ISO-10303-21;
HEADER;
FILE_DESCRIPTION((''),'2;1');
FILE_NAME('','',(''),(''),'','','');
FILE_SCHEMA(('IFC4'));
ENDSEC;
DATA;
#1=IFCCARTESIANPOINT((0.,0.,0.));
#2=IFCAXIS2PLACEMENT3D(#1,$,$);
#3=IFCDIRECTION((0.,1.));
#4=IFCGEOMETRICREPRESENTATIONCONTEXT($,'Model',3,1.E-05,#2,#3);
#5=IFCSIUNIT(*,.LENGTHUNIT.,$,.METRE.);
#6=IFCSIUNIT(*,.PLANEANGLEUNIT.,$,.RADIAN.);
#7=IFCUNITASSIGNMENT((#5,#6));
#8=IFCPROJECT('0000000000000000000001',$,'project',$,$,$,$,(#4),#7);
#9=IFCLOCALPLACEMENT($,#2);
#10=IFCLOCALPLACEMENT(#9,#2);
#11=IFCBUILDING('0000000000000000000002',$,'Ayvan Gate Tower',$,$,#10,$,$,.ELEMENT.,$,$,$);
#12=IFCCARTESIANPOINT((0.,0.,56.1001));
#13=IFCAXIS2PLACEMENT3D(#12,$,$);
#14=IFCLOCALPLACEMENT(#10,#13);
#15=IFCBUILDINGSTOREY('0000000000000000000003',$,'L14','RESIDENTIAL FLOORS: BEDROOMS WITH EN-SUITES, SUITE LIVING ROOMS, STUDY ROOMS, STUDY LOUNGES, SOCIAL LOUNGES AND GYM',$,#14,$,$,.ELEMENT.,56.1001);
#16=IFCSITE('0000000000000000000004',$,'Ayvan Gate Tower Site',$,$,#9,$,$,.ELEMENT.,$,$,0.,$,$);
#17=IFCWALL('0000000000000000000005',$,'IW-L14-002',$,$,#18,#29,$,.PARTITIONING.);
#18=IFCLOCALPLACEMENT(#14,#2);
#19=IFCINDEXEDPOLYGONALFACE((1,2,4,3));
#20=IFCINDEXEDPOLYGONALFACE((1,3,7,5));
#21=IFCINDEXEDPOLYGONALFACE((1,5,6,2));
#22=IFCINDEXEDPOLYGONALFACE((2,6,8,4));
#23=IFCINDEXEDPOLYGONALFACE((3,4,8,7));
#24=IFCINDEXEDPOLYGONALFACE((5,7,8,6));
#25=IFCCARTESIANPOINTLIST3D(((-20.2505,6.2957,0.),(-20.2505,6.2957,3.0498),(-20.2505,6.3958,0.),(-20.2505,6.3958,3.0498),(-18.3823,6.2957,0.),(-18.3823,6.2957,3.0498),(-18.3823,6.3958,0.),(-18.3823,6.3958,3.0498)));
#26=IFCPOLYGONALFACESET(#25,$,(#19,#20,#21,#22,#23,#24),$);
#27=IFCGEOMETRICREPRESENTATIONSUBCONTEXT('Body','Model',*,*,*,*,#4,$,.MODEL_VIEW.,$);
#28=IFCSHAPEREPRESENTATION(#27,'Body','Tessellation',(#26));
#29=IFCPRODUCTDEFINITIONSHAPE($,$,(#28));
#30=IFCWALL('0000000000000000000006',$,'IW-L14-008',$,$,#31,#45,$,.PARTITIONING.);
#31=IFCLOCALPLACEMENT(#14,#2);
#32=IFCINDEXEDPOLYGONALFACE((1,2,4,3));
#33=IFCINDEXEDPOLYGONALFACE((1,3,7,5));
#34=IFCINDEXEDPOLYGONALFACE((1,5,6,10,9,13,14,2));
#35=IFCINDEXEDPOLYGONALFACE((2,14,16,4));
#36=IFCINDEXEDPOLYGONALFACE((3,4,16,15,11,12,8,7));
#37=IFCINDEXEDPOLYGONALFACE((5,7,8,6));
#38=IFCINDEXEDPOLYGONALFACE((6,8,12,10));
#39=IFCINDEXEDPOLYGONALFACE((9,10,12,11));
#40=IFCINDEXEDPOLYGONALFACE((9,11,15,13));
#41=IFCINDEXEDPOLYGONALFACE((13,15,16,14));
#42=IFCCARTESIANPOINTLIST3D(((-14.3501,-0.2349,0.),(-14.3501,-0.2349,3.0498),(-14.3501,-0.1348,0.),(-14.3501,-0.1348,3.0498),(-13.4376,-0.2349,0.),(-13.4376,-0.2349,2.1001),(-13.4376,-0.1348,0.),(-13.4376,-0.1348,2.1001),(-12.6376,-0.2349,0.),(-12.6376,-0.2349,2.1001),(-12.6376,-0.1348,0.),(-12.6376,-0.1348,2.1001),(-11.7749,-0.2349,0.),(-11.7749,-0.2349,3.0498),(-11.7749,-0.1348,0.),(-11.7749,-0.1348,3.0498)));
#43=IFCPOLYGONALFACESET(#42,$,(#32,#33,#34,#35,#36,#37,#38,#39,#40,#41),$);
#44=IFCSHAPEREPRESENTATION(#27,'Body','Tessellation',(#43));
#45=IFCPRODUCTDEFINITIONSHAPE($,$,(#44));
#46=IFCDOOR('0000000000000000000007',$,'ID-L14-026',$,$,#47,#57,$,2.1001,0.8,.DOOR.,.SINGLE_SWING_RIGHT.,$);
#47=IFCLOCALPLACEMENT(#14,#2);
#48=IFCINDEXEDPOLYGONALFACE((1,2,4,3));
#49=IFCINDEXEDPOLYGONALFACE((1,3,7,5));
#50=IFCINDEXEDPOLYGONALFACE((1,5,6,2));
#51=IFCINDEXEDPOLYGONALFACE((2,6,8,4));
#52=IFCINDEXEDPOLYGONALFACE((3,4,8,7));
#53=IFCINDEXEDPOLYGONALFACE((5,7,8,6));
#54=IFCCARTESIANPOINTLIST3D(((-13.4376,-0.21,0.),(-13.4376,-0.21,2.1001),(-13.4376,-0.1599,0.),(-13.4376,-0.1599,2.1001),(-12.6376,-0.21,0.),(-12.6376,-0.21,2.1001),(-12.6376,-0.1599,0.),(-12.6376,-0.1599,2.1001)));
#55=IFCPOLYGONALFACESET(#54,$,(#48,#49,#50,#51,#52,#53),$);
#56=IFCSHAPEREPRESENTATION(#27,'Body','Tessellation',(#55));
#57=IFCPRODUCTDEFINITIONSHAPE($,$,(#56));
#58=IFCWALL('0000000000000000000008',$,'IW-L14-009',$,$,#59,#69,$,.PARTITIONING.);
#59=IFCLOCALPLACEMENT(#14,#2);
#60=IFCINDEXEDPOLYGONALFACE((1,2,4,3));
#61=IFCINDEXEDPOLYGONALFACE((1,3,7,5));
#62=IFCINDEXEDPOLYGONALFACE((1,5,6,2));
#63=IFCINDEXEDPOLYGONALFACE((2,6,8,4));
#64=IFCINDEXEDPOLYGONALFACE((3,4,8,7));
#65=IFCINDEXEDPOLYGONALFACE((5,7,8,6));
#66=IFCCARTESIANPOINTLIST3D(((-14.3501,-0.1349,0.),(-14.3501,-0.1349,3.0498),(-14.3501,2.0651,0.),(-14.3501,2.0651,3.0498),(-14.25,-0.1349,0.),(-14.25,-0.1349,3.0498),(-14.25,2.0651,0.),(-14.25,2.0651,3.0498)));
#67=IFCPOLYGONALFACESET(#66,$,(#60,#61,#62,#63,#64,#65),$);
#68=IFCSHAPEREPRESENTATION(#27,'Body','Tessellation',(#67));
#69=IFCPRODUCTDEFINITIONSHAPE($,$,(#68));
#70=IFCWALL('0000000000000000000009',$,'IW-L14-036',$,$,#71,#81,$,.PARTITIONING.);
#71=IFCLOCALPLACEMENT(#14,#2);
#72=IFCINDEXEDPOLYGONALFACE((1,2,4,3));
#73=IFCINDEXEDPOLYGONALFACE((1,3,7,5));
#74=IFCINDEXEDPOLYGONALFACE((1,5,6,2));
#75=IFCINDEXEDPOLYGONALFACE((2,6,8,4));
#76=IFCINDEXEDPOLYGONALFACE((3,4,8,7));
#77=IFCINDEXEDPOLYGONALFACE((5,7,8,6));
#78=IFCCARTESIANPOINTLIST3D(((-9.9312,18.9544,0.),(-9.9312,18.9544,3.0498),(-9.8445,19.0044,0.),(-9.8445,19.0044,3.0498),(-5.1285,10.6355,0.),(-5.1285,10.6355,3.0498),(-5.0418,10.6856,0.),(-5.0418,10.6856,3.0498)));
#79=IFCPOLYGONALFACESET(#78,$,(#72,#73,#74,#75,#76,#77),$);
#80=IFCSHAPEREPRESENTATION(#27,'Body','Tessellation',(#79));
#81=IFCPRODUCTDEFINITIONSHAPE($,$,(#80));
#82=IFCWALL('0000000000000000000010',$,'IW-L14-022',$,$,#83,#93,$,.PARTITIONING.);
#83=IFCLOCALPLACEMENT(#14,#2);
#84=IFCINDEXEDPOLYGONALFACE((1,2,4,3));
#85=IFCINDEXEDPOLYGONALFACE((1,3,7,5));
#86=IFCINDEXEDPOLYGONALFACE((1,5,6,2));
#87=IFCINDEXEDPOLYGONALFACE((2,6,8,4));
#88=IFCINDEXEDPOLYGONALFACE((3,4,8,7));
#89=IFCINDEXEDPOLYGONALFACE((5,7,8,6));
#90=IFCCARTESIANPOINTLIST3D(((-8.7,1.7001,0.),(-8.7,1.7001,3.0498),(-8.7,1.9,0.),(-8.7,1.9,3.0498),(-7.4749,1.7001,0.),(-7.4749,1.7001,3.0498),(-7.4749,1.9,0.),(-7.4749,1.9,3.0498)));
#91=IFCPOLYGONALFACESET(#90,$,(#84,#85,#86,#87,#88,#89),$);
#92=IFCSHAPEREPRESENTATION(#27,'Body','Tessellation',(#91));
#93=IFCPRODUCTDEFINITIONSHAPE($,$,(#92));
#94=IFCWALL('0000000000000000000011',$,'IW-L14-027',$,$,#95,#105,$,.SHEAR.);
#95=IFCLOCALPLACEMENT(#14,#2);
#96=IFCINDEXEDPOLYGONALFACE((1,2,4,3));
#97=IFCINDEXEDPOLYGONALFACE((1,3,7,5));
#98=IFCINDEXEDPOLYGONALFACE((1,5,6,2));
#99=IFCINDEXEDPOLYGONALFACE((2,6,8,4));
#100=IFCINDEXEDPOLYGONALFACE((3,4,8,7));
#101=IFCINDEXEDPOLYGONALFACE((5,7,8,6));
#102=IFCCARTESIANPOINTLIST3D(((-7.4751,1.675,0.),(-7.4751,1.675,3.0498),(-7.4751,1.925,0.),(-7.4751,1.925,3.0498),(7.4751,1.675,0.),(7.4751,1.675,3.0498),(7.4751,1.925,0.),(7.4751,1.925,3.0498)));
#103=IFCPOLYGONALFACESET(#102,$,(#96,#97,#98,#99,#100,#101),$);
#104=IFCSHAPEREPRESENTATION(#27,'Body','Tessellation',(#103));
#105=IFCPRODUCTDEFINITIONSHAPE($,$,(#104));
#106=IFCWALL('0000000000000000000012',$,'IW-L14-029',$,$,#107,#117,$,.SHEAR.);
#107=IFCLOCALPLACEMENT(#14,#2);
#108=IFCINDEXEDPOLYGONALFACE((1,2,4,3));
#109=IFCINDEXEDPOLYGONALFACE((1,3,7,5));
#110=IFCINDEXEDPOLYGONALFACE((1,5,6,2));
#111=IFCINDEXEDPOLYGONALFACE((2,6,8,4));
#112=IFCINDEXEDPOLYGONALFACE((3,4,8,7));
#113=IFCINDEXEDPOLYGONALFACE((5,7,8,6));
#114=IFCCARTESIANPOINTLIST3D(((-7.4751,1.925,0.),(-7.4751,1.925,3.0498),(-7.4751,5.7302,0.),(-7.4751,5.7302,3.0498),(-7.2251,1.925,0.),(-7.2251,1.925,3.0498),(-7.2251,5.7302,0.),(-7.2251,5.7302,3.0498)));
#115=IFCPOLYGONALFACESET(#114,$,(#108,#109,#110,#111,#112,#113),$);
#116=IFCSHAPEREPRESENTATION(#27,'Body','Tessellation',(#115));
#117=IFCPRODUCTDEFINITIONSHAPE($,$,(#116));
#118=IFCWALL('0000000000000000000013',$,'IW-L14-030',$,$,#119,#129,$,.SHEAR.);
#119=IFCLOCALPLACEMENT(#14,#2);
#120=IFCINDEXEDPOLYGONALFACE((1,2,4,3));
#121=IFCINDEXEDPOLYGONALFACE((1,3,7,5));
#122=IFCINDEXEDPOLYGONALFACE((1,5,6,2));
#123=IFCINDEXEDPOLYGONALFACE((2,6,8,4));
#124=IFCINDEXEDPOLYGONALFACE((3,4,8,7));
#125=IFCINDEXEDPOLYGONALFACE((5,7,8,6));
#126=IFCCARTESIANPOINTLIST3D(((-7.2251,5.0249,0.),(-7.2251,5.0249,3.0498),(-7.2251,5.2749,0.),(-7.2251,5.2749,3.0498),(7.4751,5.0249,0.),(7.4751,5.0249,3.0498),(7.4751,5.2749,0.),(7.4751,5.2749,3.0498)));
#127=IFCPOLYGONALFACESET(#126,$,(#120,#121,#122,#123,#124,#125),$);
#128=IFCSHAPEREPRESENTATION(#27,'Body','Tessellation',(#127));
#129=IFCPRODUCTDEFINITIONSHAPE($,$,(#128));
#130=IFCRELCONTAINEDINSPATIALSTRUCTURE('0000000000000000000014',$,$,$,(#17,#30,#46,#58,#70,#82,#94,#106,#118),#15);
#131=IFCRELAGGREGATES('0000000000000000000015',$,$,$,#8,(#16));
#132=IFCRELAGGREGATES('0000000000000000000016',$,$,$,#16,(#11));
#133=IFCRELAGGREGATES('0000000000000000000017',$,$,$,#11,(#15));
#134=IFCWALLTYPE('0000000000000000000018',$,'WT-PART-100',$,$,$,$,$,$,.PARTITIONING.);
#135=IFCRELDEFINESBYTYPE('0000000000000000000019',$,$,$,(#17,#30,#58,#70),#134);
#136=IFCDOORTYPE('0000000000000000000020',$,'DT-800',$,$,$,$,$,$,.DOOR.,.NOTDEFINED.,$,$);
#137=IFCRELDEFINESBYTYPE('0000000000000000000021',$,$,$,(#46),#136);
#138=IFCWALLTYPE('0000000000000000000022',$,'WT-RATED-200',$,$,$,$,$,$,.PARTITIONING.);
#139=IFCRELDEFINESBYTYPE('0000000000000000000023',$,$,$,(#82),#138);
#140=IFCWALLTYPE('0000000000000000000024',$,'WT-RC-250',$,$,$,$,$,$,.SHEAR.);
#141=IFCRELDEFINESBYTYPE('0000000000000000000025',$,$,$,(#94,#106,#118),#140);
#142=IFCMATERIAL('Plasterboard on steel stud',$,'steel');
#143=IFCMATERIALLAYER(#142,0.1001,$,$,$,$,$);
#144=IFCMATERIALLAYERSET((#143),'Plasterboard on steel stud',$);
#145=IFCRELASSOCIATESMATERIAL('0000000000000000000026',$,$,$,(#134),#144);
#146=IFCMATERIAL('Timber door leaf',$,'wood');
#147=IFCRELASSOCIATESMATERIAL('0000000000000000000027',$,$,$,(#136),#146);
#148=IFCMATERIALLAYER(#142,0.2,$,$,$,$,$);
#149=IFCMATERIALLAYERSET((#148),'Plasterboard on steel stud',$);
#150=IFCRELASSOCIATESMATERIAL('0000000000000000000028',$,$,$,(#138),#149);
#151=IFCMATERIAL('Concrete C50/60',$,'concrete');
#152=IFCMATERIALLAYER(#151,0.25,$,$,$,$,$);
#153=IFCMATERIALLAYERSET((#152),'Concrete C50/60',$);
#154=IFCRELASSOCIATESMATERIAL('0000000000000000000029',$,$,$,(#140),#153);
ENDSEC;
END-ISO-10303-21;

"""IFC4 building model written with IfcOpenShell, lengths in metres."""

from ifc_helpers import new_model, si_unit, direction, frame, frame_2d, origin, place, context, subcontext, project, spatial, rectangle, extrude, material, layer, layer_set, type_object, element, fill, save


model = new_model("IFC4")

# Units and contexts
model_context = context("Model", 3, precision=1e-05, world=origin(), true_north=direction((0.0, 1.0)))
body_context = subcontext(model_context, "Body", "Model", "MODEL_VIEW")
ifc_project = project(units=[si_unit("LENGTHUNIT", "METRE"), si_unit("PLANEANGLEUNIT", "RADIAN")], contexts=[model_context])

# Site, building, storey
site_placement = place(None, origin())
site = spatial("IfcSite", under=ifc_project, at=site_placement, Name="Ayvan Gate Tower Site", CompositionType="ELEMENT", RefElevation=0.0)
building_placement = place(site_placement, origin())
building = spatial("IfcBuilding", under=site, at=building_placement, Name="Ayvan Gate Tower", CompositionType="ELEMENT")
storey_placement = place(building_placement, frame((0.0, 0.0, 56.1001)))
storey = spatial("IfcBuildingStorey", under=building, at=storey_placement, Name="L14", Description="RESIDENTIAL FLOORS: BEDROOMS WITH EN-SUITES, SUITE LIVING ROOMS, STUDY ROOMS, STUDY LOUNGES, SOCIAL LOUNGES AND GYM", CompositionType="ELEMENT", Elevation=56.1001)

# Shared definitions
ifc_material_1 = material(Name="Timber door leaf", Category="wood")
ifc_material_2 = material(Name="Plasterboard on steel stud", Category="steel")

# Wall
ifc_layer_1 = layer(ifc_material_2, 0.1001)
ifc_layer_set_1 = layer_set([ifc_layer_1], Name="Plasterboard on steel stud")
wall_type_1 = type_object("IfcWallType", Name="WT-PART-100", PredefinedType="PARTITIONING", material=ifc_layer_set_1)
wall_1_placement = place(storey_placement, frame((-18.3823, 6.3457, 0.0), z_axis=(0.0, 0.0, 1.0), x_axis=(-1.0, 0.0, 0.0)))
element("IfcWall", 1, at=wall_1_placement, inside=storey, type_object=wall_type_1, Name="IW-L14-002", PredefinedType="PARTITIONING", context=body_context, shape_type="SweptSolid", body=[
    extrude(rectangle(XDim=1.8682, YDim=0.1001, at=frame_2d((0.9341, 0.0))), origin(), (0.0, 0.0, 1.0), 3.0498),
])

# Wall, opening, door
wall_2_placement = place(storey_placement, frame((-14.3501, -0.1848, 0.0), z_axis=(0.0, 0.0, 1.0), x_axis=(1.0, 0.0, 0.0)))
wall_2 = element("IfcWall", 2, at=wall_2_placement, inside=storey, type_object=wall_type_1, Name="IW-L14-008", PredefinedType="PARTITIONING", context=body_context, shape_type="SweptSolid", body=[
    extrude(rectangle(XDim=2.5752, YDim=0.1001, at=frame_2d((1.2876, 0.0))), origin(), (0.0, 0.0, 1.0), 3.0498),
])
opening_1_placement = place(wall_2_placement, frame((0.9126, 0.0, 0.0)))
opening_1 = element("IfcOpeningElement", 3, at=opening_1_placement, cuts=wall_2, PredefinedType="OPENING", context=body_context, shape_type="SweptSolid", body=[
    extrude(rectangle(XDim=0.8, YDim=2.1001, at=frame_2d((0.3999, 1.05))), frame((0.0, 0.0601, 0.0), z_axis=(0.0, -1.0, 0.0), x_axis=(1.0, 0.0, 0.0)), (0.0, 0.0, 1.0), 0.1201),
])
door_type_1 = type_object("IfcDoorType", Name="DT-800", OperationType="NOTDEFINED", PredefinedType="DOOR", material=ifc_material_1)
door_1_placement = place(opening_1_placement, origin())
door_1 = element("IfcDoor", 4, at=door_1_placement, inside=storey, type_object=door_type_1, Name="ID-L14-026", OperationType="SINGLE_SWING_RIGHT", OverallHeight=2.1001, OverallWidth=0.8, PredefinedType="DOOR", context=body_context, shape_type="SweptSolid", body=[
    extrude(rectangle(XDim=0.8, YDim=2.1001, at=frame_2d((0.3999, 1.05))), frame((0.0, 0.0249, 0.0), z_axis=(0.0, -1.0, 0.0), x_axis=(1.0, 0.0, 0.0)), (0.0, 0.0, 1.0), 0.05),
])
fill(opening_1, door_1)

# Walls
wall_3_placement = place(storey_placement, frame((-14.3, 2.0652, 0.0), z_axis=(0.0, 0.0, 1.0), x_axis=(0.0, -1.0, 0.0)))
element("IfcWall", 5, at=wall_3_placement, inside=storey, type_object=wall_type_1, Name="IW-L14-009", PredefinedType="PARTITIONING", context=body_context, shape_type="SweptSolid", body=[
    extrude(rectangle(XDim=2.2, YDim=0.1001, at=frame_2d((1.1001, 0.0))), origin(), (0.0, 0.0, 1.0), 3.0498),
])
wall_4_placement = place(storey_placement, frame((-5.0852, 10.6606, 0.0), z_axis=(0.0, 0.0, 1.0), x_axis=(-0.499988, 0.866032, 0.0)))
element("IfcWall", 6, at=wall_4_placement, inside=storey, type_object=wall_type_1, Name="IW-L14-036", PredefinedType="PARTITIONING", context=body_context, shape_type="SweptSolid", body=[
    extrude(rectangle(XDim=9.6057, YDim=0.1001, at=frame_2d((4.8027, 0.0))), origin(), (0.0, 0.0, 1.0), 3.0498),
])
ifc_layer_2 = layer(ifc_material_2, 0.2)
ifc_layer_set_2 = layer_set([ifc_layer_2], Name="Plasterboard on steel stud")
wall_type_2 = type_object("IfcWallType", Name="WT-RATED-200", PredefinedType="PARTITIONING", material=ifc_layer_set_2)
wall_5_placement = place(storey_placement, frame((-8.7, 1.8, 0.0), z_axis=(0.0, 0.0, 1.0), x_axis=(1.0, 0.0, 0.0)))
element("IfcWall", 7, at=wall_5_placement, inside=storey, type_object=wall_type_2, Name="IW-L14-022", PredefinedType="PARTITIONING", context=body_context, shape_type="SweptSolid", body=[
    extrude(rectangle(XDim=1.2251, YDim=0.2, at=frame_2d((0.6125, 0.0))), origin(), (0.0, 0.0, 1.0), 3.0498),
])
ifc_material_3 = material(Name="Concrete C50/60", Category="concrete")
ifc_layer_3 = layer(ifc_material_3, 0.25)
ifc_layer_set_3 = layer_set([ifc_layer_3], Name="Concrete C50/60")
wall_type_3 = type_object("IfcWallType", Name="WT-RC-250", PredefinedType="SHEAR", material=ifc_layer_set_3)
wall_6_placement = place(storey_placement, frame((-7.4751, 1.8, 0.0), z_axis=(0.0, 0.0, 1.0), x_axis=(1.0, 0.0, 0.0)))
element("IfcWall", 8, at=wall_6_placement, inside=storey, type_object=wall_type_3, Name="IW-L14-027", PredefinedType="SHEAR", context=body_context, shape_type="SweptSolid", body=[
    extrude(rectangle(XDim=14.9502, YDim=0.25, at=frame_2d((7.4751, 0.0))), origin(), (0.0, 0.0, 1.0), 3.0498),
])
wall_7_placement = place(storey_placement, frame((-7.3501, 1.925, 0.0), z_axis=(0.0, 0.0, 1.0), x_axis=(0.0, 1.0, 0.0)))
element("IfcWall", 9, at=wall_7_placement, inside=storey, type_object=wall_type_3, Name="IW-L14-029", PredefinedType="SHEAR", context=body_context, shape_type="SweptSolid", body=[
    extrude(rectangle(XDim=3.8052, YDim=0.25, at=frame_2d((1.9026, 0.0))), origin(), (0.0, 0.0, 1.0), 3.0498),
])
wall_8_placement = place(storey_placement, frame((-7.2251, 5.1499, 0.0), z_axis=(0.0, 0.0, 1.0), x_axis=(1.0, 0.0, 0.0)))
element("IfcWall", 10, at=wall_8_placement, inside=storey, type_object=wall_type_3, Name="IW-L14-030", PredefinedType="SHEAR", context=body_context, shape_type="SweptSolid", body=[
    extrude(rectangle(XDim=14.7002, YDim=0.25, at=frame_2d((7.3501, 0.0))), origin(), (0.0, 0.0, 1.0), 3.0498),
])

save(model, "model.ifc")
